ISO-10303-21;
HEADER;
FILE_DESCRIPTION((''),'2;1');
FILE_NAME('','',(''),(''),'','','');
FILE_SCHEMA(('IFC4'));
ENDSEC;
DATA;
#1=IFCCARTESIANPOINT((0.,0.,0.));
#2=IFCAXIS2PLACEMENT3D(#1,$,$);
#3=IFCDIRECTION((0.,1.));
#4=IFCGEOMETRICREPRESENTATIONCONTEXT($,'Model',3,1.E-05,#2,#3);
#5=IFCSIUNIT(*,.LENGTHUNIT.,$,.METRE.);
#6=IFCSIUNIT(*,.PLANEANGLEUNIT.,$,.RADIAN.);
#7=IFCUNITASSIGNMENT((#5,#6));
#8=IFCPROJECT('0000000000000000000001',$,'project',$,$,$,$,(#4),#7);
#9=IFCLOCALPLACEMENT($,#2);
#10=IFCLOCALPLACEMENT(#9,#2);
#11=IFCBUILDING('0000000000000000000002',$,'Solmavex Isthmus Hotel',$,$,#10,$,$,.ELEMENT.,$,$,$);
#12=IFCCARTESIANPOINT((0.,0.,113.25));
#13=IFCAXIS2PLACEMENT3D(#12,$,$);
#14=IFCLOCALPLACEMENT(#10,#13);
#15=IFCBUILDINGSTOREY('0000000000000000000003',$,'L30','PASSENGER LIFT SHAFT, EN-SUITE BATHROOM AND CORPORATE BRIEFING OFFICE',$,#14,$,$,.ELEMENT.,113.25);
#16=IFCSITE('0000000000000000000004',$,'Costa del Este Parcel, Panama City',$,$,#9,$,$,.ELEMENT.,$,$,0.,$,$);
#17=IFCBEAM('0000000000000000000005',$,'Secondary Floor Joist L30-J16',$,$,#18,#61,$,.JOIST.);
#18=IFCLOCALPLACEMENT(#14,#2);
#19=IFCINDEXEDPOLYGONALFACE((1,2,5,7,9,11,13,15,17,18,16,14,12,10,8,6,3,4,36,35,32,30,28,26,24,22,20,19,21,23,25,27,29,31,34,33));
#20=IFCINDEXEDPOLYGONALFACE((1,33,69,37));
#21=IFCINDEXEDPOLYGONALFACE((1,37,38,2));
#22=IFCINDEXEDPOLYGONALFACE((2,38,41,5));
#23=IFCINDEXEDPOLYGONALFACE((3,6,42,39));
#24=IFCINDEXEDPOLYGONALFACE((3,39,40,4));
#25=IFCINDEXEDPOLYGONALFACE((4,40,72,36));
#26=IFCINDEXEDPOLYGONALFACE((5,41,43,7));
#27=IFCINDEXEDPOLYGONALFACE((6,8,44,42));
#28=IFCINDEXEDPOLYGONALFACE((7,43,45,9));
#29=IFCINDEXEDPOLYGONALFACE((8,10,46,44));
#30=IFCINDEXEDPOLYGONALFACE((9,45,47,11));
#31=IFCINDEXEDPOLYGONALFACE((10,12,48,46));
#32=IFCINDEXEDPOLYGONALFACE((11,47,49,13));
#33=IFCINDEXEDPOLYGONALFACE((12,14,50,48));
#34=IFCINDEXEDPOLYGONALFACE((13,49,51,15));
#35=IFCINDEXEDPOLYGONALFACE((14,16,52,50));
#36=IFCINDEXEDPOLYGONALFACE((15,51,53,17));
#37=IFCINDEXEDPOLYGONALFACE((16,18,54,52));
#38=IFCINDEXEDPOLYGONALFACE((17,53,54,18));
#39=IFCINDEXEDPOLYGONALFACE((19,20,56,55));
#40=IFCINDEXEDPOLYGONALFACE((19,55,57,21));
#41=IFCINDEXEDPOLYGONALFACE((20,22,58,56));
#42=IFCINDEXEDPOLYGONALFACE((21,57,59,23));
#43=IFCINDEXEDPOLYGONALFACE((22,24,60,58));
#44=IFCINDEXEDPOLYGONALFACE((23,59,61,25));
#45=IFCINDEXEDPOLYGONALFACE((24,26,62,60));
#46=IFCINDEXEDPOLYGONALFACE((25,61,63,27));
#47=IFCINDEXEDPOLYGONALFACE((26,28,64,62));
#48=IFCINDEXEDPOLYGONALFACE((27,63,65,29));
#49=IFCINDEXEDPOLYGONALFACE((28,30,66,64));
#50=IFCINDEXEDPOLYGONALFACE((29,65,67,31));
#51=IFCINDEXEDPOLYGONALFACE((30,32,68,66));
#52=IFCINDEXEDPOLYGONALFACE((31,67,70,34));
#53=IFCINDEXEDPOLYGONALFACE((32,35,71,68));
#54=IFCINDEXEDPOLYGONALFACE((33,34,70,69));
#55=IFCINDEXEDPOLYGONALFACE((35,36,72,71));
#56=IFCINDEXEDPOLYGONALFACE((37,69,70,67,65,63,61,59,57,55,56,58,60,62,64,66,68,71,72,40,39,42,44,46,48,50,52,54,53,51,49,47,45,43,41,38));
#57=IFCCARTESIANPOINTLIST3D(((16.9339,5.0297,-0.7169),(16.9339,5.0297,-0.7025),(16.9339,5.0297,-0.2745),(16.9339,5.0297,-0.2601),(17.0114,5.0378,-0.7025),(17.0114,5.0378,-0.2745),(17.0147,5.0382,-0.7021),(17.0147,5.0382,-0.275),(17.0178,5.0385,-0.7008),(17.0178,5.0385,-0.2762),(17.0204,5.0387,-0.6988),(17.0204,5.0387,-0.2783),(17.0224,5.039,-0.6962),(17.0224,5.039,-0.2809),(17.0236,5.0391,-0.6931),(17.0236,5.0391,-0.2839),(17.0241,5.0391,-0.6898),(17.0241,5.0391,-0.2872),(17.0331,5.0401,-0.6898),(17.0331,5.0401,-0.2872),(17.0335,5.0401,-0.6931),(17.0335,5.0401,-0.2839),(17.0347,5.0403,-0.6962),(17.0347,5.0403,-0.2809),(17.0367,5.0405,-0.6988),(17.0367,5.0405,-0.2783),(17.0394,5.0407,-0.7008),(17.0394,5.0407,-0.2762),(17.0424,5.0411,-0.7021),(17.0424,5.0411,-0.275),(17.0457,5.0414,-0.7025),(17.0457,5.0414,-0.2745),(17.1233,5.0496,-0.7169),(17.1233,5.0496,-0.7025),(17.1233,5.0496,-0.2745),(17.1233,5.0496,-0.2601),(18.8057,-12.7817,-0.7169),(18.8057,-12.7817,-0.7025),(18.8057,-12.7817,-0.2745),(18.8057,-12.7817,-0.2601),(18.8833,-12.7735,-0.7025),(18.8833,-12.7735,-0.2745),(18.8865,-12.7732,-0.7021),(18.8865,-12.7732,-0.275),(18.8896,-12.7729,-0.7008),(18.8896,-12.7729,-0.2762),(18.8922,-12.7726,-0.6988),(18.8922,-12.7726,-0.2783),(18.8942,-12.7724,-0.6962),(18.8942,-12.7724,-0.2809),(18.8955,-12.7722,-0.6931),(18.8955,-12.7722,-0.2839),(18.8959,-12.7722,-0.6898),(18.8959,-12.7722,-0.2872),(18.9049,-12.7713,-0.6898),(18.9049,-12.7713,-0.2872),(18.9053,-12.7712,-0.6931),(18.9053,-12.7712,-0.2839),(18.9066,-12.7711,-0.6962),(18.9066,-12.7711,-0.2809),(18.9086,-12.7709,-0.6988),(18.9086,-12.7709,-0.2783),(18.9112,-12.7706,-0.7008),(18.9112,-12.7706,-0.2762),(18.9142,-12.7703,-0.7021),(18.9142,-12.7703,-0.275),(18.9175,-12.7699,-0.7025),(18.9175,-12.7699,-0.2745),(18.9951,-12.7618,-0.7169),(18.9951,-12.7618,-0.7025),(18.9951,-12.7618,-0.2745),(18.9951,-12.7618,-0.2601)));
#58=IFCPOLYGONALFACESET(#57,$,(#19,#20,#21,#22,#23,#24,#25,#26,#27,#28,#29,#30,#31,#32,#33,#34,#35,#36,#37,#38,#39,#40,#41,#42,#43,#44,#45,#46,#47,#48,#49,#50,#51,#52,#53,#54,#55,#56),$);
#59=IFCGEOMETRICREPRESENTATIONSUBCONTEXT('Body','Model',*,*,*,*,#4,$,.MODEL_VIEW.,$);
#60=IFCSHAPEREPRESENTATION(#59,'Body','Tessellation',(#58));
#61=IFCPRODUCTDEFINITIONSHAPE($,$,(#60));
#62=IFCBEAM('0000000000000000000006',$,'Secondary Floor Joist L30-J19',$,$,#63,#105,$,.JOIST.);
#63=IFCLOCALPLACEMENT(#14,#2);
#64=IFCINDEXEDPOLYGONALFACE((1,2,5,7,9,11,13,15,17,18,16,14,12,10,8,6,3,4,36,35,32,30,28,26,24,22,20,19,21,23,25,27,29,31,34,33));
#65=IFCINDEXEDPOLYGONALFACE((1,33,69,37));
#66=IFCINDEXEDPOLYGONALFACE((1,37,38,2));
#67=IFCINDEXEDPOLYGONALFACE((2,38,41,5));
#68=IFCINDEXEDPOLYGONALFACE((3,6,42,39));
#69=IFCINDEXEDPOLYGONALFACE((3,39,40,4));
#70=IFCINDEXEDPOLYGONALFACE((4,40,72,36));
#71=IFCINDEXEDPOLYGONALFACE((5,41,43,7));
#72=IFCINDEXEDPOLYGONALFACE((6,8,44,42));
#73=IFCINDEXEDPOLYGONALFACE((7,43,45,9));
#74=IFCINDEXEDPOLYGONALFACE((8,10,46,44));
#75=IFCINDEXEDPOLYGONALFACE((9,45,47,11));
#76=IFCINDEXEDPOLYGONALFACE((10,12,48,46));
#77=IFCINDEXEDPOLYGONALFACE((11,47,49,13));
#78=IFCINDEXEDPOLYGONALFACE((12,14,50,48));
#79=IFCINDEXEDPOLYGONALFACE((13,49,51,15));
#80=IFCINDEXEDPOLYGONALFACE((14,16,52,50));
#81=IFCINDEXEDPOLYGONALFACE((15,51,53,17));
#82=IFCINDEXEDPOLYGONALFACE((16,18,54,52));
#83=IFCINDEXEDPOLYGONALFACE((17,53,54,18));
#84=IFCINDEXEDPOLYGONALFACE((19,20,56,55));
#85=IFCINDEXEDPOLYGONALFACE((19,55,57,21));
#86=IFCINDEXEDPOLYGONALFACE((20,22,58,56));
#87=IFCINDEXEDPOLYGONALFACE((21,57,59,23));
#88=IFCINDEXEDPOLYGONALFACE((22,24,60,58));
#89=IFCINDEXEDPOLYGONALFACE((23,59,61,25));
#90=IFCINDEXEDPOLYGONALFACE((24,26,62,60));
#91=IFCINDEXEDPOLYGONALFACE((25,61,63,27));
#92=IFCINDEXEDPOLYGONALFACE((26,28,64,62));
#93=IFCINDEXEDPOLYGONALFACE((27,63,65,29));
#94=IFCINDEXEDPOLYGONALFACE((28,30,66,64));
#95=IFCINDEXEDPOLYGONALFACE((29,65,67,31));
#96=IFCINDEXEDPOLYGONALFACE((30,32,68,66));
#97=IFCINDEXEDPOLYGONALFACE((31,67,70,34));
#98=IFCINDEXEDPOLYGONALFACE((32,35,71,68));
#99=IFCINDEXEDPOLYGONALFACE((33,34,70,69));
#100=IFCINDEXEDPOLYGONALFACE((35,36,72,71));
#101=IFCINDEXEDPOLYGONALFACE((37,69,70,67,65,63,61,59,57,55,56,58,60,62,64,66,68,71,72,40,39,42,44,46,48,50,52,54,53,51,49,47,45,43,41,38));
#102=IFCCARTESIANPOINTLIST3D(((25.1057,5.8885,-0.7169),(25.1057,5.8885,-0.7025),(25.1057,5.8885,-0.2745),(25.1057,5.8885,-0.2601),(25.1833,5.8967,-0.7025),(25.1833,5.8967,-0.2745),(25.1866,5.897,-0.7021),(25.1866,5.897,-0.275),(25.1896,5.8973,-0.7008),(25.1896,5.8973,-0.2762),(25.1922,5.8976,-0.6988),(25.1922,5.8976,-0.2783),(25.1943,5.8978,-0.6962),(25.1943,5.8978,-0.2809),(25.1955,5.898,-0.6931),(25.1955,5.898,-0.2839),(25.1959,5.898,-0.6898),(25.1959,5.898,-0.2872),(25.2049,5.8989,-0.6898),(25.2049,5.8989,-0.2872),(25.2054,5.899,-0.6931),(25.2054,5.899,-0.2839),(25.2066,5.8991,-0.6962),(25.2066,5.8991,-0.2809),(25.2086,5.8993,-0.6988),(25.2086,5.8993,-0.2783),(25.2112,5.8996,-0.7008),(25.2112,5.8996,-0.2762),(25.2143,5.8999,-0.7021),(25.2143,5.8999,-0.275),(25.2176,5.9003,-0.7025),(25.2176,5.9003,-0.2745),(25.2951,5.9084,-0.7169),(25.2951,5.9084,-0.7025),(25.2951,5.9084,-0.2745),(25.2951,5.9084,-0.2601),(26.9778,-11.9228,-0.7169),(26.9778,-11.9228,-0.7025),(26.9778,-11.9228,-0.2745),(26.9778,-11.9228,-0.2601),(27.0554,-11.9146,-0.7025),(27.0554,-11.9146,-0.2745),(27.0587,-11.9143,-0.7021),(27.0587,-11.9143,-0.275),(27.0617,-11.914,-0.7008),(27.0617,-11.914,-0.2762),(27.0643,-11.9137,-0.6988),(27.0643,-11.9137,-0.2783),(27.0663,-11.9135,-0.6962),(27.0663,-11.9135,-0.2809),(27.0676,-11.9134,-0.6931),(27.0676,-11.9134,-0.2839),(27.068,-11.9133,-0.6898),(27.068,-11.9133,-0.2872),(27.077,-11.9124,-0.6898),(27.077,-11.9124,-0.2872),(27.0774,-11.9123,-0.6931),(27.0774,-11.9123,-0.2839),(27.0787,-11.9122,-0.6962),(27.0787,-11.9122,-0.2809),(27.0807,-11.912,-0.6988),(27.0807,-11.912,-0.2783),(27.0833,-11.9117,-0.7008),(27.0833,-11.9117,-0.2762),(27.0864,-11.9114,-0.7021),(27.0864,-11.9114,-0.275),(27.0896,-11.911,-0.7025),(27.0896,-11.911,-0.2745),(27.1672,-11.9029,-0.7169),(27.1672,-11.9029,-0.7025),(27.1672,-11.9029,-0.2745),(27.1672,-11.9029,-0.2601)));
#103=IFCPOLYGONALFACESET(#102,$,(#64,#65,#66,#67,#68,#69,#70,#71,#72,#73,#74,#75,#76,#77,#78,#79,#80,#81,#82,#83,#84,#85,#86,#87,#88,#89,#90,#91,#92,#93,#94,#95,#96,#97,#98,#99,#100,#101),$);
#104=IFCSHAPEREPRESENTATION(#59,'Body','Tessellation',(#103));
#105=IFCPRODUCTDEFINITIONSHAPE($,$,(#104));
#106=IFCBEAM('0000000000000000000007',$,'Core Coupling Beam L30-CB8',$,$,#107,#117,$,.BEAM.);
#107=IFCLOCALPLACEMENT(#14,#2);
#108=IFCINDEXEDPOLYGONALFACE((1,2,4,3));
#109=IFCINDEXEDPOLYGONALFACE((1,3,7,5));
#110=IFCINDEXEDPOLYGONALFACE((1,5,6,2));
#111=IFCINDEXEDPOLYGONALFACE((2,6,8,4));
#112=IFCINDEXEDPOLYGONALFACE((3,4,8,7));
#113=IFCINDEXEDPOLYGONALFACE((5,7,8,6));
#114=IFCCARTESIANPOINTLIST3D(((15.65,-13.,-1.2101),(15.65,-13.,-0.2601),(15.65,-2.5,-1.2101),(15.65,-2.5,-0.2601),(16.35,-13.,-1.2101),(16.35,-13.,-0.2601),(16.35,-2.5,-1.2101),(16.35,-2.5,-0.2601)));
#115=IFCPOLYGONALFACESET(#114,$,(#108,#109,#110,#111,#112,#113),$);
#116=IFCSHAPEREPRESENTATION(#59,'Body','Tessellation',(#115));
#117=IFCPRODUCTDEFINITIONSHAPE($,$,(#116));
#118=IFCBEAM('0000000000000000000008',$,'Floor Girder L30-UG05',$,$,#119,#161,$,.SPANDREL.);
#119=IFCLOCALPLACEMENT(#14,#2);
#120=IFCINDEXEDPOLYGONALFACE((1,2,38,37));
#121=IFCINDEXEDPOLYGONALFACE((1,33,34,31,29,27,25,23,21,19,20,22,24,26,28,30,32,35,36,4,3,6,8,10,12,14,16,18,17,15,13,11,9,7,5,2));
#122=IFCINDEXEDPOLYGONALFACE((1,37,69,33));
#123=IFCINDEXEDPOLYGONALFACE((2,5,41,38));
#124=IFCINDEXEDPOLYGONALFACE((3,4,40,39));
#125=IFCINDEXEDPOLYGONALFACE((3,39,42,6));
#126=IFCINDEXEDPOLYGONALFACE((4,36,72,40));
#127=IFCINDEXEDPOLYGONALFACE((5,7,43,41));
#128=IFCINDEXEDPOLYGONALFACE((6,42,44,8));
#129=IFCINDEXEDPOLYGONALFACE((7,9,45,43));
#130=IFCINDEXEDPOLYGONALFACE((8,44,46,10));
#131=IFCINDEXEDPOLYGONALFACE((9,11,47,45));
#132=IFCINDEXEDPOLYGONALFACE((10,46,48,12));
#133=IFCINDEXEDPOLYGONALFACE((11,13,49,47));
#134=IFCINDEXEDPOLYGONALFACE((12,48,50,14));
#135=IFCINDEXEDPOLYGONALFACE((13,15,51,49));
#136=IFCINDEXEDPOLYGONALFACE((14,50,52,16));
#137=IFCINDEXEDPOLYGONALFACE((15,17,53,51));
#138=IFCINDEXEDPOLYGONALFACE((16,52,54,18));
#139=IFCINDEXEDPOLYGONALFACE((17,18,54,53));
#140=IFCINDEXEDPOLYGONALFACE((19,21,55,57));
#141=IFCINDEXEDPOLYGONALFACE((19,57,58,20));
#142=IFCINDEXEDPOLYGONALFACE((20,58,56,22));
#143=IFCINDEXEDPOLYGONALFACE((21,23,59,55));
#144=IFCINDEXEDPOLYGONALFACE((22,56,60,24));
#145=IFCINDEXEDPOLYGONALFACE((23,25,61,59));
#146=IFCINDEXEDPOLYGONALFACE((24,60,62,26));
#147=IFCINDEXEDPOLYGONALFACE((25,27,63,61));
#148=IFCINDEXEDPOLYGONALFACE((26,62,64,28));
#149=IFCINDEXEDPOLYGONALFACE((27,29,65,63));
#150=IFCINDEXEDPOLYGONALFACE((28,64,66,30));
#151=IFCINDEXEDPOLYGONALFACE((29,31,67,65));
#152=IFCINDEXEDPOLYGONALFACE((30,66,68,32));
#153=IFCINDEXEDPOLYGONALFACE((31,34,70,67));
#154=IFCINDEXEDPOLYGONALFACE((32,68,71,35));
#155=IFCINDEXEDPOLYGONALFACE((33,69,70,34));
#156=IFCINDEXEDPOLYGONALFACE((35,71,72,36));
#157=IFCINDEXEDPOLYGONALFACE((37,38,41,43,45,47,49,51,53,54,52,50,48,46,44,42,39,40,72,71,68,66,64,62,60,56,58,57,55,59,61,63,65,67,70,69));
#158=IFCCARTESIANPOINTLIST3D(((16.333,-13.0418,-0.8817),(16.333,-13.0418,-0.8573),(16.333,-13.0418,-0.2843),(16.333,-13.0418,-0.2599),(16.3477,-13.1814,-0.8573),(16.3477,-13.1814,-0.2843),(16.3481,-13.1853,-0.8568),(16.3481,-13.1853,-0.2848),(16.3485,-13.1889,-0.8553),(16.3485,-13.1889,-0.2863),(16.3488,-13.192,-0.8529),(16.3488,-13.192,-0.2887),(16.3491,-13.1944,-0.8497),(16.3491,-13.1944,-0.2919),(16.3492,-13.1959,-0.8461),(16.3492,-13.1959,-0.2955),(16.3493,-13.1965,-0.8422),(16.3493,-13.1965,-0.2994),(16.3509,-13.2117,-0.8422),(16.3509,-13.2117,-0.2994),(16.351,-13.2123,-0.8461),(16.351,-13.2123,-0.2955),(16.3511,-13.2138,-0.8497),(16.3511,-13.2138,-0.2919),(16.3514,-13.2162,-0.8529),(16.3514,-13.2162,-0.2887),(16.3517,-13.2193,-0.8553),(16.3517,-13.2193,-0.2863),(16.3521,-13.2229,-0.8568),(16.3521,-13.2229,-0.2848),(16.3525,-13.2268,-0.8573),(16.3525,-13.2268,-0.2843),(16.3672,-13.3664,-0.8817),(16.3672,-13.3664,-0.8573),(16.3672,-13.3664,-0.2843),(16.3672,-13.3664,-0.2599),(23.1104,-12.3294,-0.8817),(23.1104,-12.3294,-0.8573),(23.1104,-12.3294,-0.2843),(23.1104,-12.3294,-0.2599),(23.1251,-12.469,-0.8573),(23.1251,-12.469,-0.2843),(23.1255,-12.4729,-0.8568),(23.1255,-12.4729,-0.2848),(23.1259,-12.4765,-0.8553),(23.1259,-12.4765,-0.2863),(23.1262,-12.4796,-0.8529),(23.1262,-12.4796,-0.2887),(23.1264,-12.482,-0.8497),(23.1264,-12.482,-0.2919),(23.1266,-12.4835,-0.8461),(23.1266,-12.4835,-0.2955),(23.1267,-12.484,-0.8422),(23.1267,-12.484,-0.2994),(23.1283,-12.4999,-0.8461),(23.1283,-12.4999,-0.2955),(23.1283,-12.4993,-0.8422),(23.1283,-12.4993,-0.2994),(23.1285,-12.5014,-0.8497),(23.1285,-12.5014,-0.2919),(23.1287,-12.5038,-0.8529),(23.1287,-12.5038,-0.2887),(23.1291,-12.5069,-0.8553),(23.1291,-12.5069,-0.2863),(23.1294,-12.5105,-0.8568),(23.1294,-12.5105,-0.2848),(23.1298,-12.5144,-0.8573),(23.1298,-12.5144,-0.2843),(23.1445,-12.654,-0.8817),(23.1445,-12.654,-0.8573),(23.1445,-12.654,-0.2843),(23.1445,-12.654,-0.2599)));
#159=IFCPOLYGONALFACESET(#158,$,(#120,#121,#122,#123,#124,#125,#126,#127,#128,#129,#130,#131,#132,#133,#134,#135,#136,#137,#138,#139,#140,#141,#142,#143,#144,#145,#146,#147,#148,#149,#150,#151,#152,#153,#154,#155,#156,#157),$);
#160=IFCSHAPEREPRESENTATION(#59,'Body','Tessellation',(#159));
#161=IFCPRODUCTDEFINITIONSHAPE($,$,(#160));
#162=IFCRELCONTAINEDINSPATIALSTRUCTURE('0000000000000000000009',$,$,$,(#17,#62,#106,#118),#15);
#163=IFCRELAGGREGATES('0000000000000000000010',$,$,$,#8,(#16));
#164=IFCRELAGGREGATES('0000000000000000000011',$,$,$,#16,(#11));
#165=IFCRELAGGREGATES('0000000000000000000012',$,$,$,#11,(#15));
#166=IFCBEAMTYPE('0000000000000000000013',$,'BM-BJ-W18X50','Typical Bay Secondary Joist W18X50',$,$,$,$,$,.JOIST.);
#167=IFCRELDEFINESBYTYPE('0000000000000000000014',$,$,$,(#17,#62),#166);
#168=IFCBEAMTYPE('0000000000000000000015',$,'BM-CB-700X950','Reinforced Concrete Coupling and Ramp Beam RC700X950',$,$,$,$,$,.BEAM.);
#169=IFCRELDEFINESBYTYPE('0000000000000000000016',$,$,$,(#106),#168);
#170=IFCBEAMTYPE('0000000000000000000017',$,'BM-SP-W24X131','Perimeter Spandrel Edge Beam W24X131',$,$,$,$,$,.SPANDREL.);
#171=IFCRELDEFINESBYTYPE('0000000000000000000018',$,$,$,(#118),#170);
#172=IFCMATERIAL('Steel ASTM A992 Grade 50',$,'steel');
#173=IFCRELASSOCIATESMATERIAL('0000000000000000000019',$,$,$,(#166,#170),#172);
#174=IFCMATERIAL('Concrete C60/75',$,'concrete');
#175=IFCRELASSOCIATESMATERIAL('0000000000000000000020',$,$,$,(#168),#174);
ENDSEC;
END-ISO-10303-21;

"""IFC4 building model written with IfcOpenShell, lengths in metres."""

from ifc_helpers import new_model, si_unit, direction, frame, origin, origin_2d, place, context, subcontext, project, spatial, rectangle, i_section, extrude, material, material_profile, profile_set, type_object, element, save


model = new_model("IFC4")

# Units and contexts
model_context = context("Model", 3, precision=1e-05, world=origin(), true_north=direction((0.0, 1.0)))
body_context = subcontext(model_context, "Body", "Model", "MODEL_VIEW")
ifc_project = project(units=[si_unit("LENGTHUNIT", "METRE"), si_unit("PLANEANGLEUNIT", "RADIAN")], contexts=[model_context])

# Site, building, storey
site_placement = place(None, origin())
site = spatial("IfcSite", under=ifc_project, at=site_placement, Name="Costa del Este Parcel, Panama City", CompositionType="ELEMENT", RefElevation=0.0)
building_placement = place(site_placement, origin())
building = spatial("IfcBuilding", under=site, at=building_placement, Name="Solmavex Isthmus Hotel", CompositionType="ELEMENT")
storey_placement = place(building_placement, frame((0.0, 0.0, 113.25)))
storey = spatial("IfcBuildingStorey", under=building, at=storey_placement, Name="L30", Description="PASSENGER LIFT SHAFT, EN-SUITE BATHROOM AND CORPORATE BRIEFING OFFICE", CompositionType="ELEMENT", Elevation=113.25)

# Shared definitions
ifc_material_1 = material(Name="Concrete C60/75", Category="concrete")

# Beams
ifc_material_2 = material(Name="Steel ASTM A992 Grade 50", Category="steel")
ifc_material_profile_1 = material_profile(ifc_material_2, i_section(OverallWidth=0.1904, OverallDepth=0.4568, WebThickness=0.009, FlangeThickness=0.0144, FilletRadius=0.0127, at=origin_2d()), Name="W18X50")
ifc_profile_set_1 = profile_set([ifc_material_profile_1], Name="Steel ASTM A992 Grade 50")
beam_type_1 = type_object("IfcBeamType", Name="BM-BJ-W18X50", Description="Typical Bay Secondary Joist W18X50", PredefinedType="JOIST", material=ifc_profile_set_1)
for number, where, z_axis, x_axis, name in (
    (1, (18.9004, -12.7717, -0.4885), (-0.104517, 0.994523, 0.0), (-0.994523, -0.104517, 0.0), "Secondary Floor Joist L30-J16"),
    (2, (27.0725, -11.9128, -0.4885), (-0.10453, 0.994522, 0.0), (-0.994522, -0.10453, 0.0), "Secondary Floor Joist L30-J19"),
):
    element("IfcBeam", number, at=place(storey_placement, frame(where, z_axis=z_axis, x_axis=x_axis)), inside=storey, type_object=beam_type_1, Name=name, PredefinedType="JOIST", context=body_context, shape_type="SweptSolid", body=[
        extrude(i_section(OverallWidth=0.1904, OverallDepth=0.4568, WebThickness=0.009, FlangeThickness=0.0144, FilletRadius=0.0127, at=origin_2d()), origin(), (0.0, 0.0, 1.0), 17.9094),
    ])
ifc_material_profile_2 = material_profile(ifc_material_1, rectangle(XDim=0.7, YDim=0.95, at=origin_2d()), Name="RC700X950")
ifc_profile_set_2 = profile_set([ifc_material_profile_2], Name="Concrete C60/75")
beam_type_2 = type_object("IfcBeamType", Name="BM-CB-700X950", Description="Reinforced Concrete Coupling and Ramp Beam RC700X950", PredefinedType="BEAM", material=ifc_profile_set_2)
beam_1_placement = place(storey_placement, frame((16.0, -13.0, -0.7351), z_axis=(0.0, 1.0, 0.0), x_axis=(-1.0, 0.0, 0.0)))
element("IfcBeam", 3, at=beam_1_placement, inside=storey, type_object=beam_type_2, Name="Core Coupling Beam L30-CB8", PredefinedType="BEAM", context=body_context, shape_type="SweptSolid", body=[
    extrude(rectangle(XDim=0.7, YDim=0.95, at=origin_2d()), origin(), (0.0, 0.0, 1.0), 10.5),
])
ifc_material_profile_3 = material_profile(ifc_material_2, i_section(OverallWidth=0.3264, OverallDepth=0.6218, WebThickness=0.0154, FlangeThickness=0.0244, FilletRadius=0.0151, at=origin_2d()), Name="W24X131")
ifc_profile_set_3 = profile_set([ifc_material_profile_3], Name="Steel ASTM A992 Grade 50")
beam_type_3 = type_object("IfcBeamType", Name="BM-SP-W24X131", Description="Perimeter Spandrel Edge Beam W24X131", PredefinedType="SPANDREL", material=ifc_profile_set_3)
beam_2_placement = place(storey_placement, frame((16.3501, -13.2041, -0.5708), z_axis=(0.994521, 0.104539, 0.0), x_axis=(-0.104539, 0.994521, 0.0)))
element("IfcBeam", 4, at=beam_2_placement, inside=storey, type_object=beam_type_3, Name="Floor Girder L30-UG05", PredefinedType="SPANDREL", context=body_context, shape_type="SweptSolid", body=[
    extrude(i_section(OverallWidth=0.3264, OverallDepth=0.6218, WebThickness=0.0154, FlangeThickness=0.0244, FilletRadius=0.0151, at=origin_2d()), origin(), (0.0, 0.0, 1.0), 6.8147),
])

save(model, "model.ifc")
